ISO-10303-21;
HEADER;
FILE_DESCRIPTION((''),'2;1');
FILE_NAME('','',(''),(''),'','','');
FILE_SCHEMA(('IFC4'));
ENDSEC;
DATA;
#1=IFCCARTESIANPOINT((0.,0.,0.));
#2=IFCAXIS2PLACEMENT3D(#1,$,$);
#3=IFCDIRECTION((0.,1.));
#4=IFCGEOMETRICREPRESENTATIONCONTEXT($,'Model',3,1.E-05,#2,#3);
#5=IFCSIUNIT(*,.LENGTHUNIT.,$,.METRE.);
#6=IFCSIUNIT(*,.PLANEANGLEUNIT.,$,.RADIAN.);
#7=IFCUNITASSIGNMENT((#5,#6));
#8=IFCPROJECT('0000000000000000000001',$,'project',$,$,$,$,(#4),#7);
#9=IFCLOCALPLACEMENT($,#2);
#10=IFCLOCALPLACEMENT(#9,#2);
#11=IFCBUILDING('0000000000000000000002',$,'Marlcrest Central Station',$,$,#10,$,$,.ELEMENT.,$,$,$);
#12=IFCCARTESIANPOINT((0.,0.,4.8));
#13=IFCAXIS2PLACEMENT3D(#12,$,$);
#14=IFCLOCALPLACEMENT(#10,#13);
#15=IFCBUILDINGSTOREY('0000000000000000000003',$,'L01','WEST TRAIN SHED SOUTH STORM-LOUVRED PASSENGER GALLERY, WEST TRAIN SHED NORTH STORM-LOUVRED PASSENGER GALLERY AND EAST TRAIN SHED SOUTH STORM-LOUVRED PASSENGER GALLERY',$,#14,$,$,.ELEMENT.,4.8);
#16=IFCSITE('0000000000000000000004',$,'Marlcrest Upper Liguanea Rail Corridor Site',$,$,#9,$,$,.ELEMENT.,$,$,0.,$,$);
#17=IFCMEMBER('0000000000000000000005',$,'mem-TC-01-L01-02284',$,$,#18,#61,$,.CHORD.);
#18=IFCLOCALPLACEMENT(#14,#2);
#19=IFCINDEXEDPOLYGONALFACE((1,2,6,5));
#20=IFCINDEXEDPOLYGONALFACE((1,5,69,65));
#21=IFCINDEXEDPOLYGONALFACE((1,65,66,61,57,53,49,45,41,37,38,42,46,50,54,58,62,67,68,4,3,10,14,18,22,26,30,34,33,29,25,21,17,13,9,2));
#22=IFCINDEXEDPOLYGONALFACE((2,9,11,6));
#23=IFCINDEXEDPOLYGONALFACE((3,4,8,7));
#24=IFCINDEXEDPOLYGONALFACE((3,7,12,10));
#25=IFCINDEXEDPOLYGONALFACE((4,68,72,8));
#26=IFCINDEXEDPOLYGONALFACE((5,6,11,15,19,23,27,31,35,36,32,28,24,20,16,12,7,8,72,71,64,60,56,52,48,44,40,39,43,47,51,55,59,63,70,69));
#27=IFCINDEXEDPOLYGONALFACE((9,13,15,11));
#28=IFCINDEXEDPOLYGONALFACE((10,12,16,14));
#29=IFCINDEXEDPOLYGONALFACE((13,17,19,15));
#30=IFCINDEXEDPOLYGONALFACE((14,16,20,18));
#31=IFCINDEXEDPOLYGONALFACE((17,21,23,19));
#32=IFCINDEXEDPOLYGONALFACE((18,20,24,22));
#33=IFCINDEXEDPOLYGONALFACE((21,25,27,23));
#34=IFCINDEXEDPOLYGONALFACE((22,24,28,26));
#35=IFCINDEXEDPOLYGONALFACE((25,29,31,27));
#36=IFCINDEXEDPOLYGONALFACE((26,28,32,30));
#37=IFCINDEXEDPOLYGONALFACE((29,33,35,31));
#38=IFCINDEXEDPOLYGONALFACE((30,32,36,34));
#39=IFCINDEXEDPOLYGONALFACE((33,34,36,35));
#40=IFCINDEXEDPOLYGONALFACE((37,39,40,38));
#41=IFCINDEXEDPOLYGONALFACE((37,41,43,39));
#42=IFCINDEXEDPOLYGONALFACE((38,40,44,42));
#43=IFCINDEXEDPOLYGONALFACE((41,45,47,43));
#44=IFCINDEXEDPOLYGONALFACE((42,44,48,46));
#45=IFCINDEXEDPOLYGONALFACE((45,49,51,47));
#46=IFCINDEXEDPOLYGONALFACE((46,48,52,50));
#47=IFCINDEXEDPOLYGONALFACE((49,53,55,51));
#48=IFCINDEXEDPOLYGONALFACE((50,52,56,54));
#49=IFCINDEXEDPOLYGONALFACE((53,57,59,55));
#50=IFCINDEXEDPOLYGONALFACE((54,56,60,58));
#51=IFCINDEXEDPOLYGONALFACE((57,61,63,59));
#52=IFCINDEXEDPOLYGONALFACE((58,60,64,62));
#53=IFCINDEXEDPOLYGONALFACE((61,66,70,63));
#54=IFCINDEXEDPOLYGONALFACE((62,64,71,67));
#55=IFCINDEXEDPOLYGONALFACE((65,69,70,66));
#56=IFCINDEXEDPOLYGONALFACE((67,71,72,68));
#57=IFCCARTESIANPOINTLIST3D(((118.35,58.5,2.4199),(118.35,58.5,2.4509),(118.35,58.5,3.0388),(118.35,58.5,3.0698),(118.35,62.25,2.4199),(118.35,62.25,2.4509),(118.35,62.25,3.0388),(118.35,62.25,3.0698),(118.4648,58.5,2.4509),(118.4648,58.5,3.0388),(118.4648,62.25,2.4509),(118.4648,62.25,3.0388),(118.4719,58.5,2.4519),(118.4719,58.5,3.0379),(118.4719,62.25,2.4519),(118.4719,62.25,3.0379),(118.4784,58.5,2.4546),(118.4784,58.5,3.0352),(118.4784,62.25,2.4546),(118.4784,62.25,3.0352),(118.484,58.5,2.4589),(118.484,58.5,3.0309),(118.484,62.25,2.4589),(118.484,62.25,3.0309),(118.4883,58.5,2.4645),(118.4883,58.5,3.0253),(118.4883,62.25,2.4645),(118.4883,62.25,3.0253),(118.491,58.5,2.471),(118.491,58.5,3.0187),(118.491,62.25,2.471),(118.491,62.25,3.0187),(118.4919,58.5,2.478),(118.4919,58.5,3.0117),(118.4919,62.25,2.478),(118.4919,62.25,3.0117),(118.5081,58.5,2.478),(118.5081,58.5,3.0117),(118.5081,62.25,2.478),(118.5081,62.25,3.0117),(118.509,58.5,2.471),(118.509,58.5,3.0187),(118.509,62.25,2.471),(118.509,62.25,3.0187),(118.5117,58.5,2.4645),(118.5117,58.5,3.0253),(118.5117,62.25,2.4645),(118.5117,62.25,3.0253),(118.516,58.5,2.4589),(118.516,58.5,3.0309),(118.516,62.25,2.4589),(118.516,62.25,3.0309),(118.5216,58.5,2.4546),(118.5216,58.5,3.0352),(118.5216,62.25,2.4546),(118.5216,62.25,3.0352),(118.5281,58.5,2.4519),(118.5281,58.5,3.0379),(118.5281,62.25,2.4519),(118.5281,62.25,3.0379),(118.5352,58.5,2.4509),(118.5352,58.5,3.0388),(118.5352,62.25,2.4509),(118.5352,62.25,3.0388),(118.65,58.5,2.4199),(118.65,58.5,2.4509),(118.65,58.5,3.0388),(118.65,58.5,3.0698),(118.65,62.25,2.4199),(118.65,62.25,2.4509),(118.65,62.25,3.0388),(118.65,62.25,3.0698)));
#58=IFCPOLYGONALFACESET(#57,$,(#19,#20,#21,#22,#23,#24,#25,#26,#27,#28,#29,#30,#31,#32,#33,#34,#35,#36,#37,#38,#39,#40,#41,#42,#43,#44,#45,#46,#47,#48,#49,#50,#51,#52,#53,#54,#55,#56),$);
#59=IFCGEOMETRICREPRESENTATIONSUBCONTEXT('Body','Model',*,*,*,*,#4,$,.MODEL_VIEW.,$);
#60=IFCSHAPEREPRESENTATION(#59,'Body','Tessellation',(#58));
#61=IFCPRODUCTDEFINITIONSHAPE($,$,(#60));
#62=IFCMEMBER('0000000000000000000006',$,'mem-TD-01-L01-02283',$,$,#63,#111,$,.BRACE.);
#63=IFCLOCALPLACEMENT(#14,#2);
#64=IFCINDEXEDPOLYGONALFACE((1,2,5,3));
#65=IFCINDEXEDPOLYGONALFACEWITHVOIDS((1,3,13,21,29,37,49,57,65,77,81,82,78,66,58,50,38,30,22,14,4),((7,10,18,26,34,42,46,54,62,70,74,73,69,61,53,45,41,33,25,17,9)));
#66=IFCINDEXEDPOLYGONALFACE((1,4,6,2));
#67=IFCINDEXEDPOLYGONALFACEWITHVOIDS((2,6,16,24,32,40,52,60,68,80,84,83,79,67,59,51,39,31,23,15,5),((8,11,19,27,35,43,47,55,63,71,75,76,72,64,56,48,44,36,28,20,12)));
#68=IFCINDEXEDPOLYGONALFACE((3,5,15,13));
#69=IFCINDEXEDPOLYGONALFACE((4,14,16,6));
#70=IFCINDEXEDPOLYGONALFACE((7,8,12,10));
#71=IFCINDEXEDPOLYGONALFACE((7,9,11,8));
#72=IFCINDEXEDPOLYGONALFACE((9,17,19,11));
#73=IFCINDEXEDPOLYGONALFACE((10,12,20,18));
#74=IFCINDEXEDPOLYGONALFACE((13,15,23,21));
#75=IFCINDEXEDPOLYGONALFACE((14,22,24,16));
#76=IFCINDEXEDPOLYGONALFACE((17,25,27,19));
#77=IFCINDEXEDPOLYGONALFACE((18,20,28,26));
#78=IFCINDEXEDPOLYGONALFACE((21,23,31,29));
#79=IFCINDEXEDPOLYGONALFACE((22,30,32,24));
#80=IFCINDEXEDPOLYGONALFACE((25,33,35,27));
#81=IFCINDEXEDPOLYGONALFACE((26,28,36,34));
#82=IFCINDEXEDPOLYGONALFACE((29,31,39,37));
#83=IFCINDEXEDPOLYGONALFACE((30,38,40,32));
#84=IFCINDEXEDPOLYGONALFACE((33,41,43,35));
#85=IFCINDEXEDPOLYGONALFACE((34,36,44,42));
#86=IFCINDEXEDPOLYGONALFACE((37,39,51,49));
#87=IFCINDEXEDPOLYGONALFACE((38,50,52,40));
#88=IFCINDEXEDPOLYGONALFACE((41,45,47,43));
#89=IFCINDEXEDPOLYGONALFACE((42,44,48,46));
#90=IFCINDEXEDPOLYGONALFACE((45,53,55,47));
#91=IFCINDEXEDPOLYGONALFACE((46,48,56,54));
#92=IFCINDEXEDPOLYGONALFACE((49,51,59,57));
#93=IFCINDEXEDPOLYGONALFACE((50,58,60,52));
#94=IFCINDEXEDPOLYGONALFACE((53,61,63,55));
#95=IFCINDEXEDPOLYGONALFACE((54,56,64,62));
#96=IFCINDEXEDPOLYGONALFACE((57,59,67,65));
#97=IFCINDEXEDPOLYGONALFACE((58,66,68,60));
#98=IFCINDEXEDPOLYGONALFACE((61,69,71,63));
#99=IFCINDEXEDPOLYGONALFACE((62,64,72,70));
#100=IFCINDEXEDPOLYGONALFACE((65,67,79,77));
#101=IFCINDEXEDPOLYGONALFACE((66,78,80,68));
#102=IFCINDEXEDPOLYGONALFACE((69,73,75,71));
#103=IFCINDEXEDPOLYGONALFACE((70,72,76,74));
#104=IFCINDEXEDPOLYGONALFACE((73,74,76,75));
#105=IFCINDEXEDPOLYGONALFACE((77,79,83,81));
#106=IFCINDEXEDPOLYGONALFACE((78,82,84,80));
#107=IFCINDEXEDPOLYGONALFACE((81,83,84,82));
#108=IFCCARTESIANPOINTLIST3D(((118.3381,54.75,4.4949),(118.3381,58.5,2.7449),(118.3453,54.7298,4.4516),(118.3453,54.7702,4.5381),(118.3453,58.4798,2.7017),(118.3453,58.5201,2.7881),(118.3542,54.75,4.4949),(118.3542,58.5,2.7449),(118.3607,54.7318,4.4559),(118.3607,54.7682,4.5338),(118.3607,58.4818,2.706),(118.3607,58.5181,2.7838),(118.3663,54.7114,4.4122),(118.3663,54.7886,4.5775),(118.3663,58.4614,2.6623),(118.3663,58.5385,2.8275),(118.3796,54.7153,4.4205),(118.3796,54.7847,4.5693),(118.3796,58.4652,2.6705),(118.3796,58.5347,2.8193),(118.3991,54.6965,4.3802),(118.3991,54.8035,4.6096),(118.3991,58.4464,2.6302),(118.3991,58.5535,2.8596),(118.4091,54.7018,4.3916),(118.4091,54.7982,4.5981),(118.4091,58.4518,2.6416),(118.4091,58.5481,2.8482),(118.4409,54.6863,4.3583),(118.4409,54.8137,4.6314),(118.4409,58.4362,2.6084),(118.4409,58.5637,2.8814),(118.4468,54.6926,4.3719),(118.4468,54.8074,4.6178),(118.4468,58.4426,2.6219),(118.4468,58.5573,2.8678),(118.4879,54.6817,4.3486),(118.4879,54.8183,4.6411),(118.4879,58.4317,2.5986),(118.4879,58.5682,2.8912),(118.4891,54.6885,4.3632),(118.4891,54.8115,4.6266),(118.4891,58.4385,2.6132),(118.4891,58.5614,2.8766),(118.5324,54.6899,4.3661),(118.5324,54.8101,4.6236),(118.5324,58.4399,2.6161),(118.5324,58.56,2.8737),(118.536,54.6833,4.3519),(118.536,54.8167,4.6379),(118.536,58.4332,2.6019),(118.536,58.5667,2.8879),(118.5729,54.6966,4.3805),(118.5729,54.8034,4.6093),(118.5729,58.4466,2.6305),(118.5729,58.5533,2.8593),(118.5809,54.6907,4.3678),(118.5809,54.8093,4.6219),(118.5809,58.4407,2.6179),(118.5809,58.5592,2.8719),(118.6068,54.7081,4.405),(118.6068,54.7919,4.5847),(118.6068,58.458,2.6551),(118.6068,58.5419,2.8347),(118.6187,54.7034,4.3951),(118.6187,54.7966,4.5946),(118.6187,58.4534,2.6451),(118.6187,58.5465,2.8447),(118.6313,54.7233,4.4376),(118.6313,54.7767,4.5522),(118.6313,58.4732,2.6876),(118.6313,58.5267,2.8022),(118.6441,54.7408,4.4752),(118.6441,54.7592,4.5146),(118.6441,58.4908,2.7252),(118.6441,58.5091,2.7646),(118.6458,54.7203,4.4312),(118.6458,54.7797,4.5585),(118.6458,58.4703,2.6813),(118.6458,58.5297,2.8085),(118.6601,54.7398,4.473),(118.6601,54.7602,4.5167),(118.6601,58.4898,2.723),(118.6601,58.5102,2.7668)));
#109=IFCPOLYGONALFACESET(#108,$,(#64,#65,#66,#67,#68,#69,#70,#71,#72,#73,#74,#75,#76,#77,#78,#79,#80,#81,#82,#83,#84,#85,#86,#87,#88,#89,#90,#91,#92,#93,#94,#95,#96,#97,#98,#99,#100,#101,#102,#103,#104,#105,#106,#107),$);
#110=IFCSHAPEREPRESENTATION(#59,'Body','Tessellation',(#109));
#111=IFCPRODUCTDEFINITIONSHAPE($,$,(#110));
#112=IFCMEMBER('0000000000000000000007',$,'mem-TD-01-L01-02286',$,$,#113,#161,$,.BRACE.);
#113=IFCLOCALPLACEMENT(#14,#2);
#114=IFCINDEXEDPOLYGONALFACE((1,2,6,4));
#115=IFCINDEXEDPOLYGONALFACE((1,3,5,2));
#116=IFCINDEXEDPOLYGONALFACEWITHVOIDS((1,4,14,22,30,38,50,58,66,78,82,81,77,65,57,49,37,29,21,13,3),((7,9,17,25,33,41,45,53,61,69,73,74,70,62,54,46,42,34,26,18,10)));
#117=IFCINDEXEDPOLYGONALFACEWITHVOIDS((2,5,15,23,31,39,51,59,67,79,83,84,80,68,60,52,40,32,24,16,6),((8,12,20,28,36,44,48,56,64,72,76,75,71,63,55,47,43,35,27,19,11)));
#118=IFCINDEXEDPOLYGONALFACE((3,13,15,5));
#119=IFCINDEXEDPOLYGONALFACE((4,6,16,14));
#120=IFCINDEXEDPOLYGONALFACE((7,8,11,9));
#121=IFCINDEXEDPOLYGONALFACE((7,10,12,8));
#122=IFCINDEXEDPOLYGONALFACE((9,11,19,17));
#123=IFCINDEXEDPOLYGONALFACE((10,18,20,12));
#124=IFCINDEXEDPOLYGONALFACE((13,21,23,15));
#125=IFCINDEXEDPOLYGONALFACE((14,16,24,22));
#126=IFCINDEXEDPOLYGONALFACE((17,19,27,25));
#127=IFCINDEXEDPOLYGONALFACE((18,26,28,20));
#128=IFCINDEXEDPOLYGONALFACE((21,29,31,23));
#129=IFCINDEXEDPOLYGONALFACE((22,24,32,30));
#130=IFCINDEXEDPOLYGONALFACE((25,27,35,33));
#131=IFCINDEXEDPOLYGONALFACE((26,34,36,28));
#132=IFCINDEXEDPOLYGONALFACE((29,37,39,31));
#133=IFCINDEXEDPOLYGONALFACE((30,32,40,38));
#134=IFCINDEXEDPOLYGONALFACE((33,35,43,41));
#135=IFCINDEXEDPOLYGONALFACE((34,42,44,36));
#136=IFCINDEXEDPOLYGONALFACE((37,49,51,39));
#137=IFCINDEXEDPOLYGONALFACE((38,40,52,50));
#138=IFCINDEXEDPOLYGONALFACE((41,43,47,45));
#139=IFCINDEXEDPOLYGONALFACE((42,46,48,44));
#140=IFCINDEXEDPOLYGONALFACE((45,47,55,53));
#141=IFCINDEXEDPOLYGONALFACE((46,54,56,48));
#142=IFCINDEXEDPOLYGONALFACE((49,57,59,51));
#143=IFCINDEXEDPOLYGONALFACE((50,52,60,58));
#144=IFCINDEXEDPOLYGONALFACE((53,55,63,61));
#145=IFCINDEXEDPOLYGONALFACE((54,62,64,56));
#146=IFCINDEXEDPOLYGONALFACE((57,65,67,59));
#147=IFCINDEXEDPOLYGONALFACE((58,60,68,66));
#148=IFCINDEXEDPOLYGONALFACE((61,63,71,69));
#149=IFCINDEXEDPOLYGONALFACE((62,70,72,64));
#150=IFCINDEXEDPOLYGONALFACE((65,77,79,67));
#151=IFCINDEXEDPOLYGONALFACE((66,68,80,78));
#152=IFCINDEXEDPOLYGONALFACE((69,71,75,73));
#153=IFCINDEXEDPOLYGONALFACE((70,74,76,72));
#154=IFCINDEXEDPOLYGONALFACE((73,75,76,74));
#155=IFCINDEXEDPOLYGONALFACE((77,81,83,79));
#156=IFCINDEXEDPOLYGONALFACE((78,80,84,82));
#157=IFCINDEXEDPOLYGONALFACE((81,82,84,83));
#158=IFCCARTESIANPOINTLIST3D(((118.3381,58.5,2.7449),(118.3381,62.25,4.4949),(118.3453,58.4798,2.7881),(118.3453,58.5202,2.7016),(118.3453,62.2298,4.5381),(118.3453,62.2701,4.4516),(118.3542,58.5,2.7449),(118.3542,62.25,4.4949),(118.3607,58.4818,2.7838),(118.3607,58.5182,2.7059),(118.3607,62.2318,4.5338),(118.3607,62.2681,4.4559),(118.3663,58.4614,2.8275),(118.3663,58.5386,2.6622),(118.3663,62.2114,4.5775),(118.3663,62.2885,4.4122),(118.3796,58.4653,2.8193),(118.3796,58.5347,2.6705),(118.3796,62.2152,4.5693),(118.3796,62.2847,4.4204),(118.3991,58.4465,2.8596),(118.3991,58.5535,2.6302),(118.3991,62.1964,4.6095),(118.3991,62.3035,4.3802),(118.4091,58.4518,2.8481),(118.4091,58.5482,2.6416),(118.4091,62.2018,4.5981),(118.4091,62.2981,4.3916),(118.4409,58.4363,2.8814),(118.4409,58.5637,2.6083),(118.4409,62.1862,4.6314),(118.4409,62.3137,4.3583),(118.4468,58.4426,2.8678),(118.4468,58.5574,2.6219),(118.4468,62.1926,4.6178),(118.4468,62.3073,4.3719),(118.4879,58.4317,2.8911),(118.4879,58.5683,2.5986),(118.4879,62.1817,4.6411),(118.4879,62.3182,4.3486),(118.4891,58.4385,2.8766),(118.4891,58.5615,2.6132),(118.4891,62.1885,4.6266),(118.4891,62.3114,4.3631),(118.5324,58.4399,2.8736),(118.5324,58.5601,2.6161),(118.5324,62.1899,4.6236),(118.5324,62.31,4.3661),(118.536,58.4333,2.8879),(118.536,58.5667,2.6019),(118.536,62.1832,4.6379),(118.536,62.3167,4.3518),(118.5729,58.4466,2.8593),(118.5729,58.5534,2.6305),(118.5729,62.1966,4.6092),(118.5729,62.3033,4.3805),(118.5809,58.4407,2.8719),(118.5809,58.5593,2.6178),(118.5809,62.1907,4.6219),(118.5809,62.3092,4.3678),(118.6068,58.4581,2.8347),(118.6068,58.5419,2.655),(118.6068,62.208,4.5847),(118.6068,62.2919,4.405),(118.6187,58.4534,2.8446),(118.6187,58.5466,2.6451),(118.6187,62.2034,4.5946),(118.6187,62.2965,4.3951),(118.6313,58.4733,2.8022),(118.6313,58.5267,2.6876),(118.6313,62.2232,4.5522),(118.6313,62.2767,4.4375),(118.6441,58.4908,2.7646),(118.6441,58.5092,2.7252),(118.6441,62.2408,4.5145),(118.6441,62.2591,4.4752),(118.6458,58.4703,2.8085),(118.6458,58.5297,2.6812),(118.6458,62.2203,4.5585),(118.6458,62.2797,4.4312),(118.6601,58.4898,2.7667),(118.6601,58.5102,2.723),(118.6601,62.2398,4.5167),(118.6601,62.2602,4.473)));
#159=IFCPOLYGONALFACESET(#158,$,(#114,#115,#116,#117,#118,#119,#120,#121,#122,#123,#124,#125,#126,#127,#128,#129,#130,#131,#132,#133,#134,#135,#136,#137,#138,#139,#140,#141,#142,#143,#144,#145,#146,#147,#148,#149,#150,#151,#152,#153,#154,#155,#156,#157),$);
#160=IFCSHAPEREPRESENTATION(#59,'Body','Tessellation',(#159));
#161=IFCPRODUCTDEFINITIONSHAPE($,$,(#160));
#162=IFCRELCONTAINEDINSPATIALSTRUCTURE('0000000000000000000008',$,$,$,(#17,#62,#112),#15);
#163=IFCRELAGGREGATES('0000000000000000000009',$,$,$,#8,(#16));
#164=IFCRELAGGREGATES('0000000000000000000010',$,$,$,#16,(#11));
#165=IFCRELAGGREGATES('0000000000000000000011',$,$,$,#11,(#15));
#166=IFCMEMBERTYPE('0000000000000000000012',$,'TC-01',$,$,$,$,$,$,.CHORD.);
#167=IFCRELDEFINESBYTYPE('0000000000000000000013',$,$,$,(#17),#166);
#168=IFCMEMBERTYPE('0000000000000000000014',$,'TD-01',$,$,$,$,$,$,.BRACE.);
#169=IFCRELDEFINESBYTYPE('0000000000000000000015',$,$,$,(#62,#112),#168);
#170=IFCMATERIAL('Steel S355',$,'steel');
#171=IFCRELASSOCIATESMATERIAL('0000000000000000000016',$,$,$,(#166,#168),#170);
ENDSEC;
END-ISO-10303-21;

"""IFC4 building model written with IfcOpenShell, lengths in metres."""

from ifc_helpers import new_model, si_unit, direction, frame, origin, origin_2d, place, context, subcontext, project, spatial, hollow_circle, i_section, extrude, material, material_profile, profile_set, type_object, element, save


model = new_model("IFC4")

# Units and contexts
model_context = context("Model", 3, precision=1e-05, world=origin(), true_north=direction((0.0, 1.0)))
body_context = subcontext(model_context, "Body", "Model", "MODEL_VIEW")
ifc_project = project(units=[si_unit("LENGTHUNIT", "METRE"), si_unit("PLANEANGLEUNIT", "RADIAN")], contexts=[model_context])

# Site, building, storey
site_placement = place(None, origin())
site = spatial("IfcSite", under=ifc_project, at=site_placement, Name="Marlcrest Upper Liguanea Rail Corridor Site", CompositionType="ELEMENT", RefElevation=0.0)
building_placement = place(site_placement, origin())
building = spatial("IfcBuilding", under=site, at=building_placement, Name="Marlcrest Central Station", CompositionType="ELEMENT")
storey_placement = place(building_placement, frame((0.0, 0.0, 4.8)))
storey = spatial("IfcBuildingStorey", under=building, at=storey_placement, Name="L01", Description="WEST TRAIN SHED SOUTH STORM-LOUVRED PASSENGER GALLERY, WEST TRAIN SHED NORTH STORM-LOUVRED PASSENGER GALLERY AND EAST TRAIN SHED SOUTH STORM-LOUVRED PASSENGER GALLERY", CompositionType="ELEMENT", Elevation=4.8)

# Shared definitions
ifc_material_1 = material(Name="Steel S355", Category="steel")

# Members
ifc_material_profile_1 = material_profile(ifc_material_1, i_section(OverallWidth=0.3, OverallDepth=0.6499, WebThickness=0.0161, FlangeThickness=0.031, FilletRadius=0.0271, at=origin_2d()), Name="HEB 650")
ifc_profile_set_1 = profile_set([ifc_material_profile_1], Name="Steel S355")
member_type_1 = type_object("IfcMemberType", Name="TC-01", PredefinedType="CHORD", material=ifc_profile_set_1)
for number, where, z_axis, x_axis, name in (
    (1, (118.5, 58.5, 2.7449), (0.0, 1.0, 0.0), (-1.0, 0.0, 0.0), "mem-TC-01-L01-02284"),
):
    element("IfcMember", number, at=place(storey_placement, frame(where, z_axis=z_axis, x_axis=x_axis)), inside=storey, type_object=member_type_1, Name=name, PredefinedType="CHORD", context=body_context, shape_type="SweptSolid", body=[
        extrude(i_section(OverallWidth=0.3, OverallDepth=0.6499, WebThickness=0.0161, FlangeThickness=0.031, FilletRadius=0.0271, at=origin_2d()), origin(), (0.0, 0.0, 1.0), 3.75),
    ])
ifc_material_profile_2 = material_profile(ifc_material_1, hollow_circle(Radius=0.1619, WallThickness=0.0161, at=origin_2d()), Name="CHS 323.9x16")
ifc_profile_set_2 = profile_set([ifc_material_profile_2], Name="Steel S355")
member_type_2 = type_object("IfcMemberType", Name="TD-01", PredefinedType="BRACE", material=ifc_profile_set_2)
for number, where, z_axis, x_axis, name in (
    (2, (118.5, 54.75, 4.4949), (0.0, 0.906183, -0.422885), (-1.0, 0.0, 0.0), "mem-TD-01-L01-02283"),
    (3, (118.5, 58.5, 2.7449), (0.0, 0.906183, 0.422885), (-1.0, 0.0, 0.0), "mem-TD-01-L01-02286"),
):
    element("IfcMember", number, at=place(storey_placement, frame(where, z_axis=z_axis, x_axis=x_axis)), inside=storey, type_object=member_type_2, Name=name, PredefinedType="BRACE", context=body_context, shape_type="SweptSolid", body=[
        extrude(hollow_circle(Radius=0.1619, WallThickness=0.0161, at=origin_2d()), origin(), (0.0, 0.0, 1.0), 4.1382),
    ])

save(model, "model.ifc")
